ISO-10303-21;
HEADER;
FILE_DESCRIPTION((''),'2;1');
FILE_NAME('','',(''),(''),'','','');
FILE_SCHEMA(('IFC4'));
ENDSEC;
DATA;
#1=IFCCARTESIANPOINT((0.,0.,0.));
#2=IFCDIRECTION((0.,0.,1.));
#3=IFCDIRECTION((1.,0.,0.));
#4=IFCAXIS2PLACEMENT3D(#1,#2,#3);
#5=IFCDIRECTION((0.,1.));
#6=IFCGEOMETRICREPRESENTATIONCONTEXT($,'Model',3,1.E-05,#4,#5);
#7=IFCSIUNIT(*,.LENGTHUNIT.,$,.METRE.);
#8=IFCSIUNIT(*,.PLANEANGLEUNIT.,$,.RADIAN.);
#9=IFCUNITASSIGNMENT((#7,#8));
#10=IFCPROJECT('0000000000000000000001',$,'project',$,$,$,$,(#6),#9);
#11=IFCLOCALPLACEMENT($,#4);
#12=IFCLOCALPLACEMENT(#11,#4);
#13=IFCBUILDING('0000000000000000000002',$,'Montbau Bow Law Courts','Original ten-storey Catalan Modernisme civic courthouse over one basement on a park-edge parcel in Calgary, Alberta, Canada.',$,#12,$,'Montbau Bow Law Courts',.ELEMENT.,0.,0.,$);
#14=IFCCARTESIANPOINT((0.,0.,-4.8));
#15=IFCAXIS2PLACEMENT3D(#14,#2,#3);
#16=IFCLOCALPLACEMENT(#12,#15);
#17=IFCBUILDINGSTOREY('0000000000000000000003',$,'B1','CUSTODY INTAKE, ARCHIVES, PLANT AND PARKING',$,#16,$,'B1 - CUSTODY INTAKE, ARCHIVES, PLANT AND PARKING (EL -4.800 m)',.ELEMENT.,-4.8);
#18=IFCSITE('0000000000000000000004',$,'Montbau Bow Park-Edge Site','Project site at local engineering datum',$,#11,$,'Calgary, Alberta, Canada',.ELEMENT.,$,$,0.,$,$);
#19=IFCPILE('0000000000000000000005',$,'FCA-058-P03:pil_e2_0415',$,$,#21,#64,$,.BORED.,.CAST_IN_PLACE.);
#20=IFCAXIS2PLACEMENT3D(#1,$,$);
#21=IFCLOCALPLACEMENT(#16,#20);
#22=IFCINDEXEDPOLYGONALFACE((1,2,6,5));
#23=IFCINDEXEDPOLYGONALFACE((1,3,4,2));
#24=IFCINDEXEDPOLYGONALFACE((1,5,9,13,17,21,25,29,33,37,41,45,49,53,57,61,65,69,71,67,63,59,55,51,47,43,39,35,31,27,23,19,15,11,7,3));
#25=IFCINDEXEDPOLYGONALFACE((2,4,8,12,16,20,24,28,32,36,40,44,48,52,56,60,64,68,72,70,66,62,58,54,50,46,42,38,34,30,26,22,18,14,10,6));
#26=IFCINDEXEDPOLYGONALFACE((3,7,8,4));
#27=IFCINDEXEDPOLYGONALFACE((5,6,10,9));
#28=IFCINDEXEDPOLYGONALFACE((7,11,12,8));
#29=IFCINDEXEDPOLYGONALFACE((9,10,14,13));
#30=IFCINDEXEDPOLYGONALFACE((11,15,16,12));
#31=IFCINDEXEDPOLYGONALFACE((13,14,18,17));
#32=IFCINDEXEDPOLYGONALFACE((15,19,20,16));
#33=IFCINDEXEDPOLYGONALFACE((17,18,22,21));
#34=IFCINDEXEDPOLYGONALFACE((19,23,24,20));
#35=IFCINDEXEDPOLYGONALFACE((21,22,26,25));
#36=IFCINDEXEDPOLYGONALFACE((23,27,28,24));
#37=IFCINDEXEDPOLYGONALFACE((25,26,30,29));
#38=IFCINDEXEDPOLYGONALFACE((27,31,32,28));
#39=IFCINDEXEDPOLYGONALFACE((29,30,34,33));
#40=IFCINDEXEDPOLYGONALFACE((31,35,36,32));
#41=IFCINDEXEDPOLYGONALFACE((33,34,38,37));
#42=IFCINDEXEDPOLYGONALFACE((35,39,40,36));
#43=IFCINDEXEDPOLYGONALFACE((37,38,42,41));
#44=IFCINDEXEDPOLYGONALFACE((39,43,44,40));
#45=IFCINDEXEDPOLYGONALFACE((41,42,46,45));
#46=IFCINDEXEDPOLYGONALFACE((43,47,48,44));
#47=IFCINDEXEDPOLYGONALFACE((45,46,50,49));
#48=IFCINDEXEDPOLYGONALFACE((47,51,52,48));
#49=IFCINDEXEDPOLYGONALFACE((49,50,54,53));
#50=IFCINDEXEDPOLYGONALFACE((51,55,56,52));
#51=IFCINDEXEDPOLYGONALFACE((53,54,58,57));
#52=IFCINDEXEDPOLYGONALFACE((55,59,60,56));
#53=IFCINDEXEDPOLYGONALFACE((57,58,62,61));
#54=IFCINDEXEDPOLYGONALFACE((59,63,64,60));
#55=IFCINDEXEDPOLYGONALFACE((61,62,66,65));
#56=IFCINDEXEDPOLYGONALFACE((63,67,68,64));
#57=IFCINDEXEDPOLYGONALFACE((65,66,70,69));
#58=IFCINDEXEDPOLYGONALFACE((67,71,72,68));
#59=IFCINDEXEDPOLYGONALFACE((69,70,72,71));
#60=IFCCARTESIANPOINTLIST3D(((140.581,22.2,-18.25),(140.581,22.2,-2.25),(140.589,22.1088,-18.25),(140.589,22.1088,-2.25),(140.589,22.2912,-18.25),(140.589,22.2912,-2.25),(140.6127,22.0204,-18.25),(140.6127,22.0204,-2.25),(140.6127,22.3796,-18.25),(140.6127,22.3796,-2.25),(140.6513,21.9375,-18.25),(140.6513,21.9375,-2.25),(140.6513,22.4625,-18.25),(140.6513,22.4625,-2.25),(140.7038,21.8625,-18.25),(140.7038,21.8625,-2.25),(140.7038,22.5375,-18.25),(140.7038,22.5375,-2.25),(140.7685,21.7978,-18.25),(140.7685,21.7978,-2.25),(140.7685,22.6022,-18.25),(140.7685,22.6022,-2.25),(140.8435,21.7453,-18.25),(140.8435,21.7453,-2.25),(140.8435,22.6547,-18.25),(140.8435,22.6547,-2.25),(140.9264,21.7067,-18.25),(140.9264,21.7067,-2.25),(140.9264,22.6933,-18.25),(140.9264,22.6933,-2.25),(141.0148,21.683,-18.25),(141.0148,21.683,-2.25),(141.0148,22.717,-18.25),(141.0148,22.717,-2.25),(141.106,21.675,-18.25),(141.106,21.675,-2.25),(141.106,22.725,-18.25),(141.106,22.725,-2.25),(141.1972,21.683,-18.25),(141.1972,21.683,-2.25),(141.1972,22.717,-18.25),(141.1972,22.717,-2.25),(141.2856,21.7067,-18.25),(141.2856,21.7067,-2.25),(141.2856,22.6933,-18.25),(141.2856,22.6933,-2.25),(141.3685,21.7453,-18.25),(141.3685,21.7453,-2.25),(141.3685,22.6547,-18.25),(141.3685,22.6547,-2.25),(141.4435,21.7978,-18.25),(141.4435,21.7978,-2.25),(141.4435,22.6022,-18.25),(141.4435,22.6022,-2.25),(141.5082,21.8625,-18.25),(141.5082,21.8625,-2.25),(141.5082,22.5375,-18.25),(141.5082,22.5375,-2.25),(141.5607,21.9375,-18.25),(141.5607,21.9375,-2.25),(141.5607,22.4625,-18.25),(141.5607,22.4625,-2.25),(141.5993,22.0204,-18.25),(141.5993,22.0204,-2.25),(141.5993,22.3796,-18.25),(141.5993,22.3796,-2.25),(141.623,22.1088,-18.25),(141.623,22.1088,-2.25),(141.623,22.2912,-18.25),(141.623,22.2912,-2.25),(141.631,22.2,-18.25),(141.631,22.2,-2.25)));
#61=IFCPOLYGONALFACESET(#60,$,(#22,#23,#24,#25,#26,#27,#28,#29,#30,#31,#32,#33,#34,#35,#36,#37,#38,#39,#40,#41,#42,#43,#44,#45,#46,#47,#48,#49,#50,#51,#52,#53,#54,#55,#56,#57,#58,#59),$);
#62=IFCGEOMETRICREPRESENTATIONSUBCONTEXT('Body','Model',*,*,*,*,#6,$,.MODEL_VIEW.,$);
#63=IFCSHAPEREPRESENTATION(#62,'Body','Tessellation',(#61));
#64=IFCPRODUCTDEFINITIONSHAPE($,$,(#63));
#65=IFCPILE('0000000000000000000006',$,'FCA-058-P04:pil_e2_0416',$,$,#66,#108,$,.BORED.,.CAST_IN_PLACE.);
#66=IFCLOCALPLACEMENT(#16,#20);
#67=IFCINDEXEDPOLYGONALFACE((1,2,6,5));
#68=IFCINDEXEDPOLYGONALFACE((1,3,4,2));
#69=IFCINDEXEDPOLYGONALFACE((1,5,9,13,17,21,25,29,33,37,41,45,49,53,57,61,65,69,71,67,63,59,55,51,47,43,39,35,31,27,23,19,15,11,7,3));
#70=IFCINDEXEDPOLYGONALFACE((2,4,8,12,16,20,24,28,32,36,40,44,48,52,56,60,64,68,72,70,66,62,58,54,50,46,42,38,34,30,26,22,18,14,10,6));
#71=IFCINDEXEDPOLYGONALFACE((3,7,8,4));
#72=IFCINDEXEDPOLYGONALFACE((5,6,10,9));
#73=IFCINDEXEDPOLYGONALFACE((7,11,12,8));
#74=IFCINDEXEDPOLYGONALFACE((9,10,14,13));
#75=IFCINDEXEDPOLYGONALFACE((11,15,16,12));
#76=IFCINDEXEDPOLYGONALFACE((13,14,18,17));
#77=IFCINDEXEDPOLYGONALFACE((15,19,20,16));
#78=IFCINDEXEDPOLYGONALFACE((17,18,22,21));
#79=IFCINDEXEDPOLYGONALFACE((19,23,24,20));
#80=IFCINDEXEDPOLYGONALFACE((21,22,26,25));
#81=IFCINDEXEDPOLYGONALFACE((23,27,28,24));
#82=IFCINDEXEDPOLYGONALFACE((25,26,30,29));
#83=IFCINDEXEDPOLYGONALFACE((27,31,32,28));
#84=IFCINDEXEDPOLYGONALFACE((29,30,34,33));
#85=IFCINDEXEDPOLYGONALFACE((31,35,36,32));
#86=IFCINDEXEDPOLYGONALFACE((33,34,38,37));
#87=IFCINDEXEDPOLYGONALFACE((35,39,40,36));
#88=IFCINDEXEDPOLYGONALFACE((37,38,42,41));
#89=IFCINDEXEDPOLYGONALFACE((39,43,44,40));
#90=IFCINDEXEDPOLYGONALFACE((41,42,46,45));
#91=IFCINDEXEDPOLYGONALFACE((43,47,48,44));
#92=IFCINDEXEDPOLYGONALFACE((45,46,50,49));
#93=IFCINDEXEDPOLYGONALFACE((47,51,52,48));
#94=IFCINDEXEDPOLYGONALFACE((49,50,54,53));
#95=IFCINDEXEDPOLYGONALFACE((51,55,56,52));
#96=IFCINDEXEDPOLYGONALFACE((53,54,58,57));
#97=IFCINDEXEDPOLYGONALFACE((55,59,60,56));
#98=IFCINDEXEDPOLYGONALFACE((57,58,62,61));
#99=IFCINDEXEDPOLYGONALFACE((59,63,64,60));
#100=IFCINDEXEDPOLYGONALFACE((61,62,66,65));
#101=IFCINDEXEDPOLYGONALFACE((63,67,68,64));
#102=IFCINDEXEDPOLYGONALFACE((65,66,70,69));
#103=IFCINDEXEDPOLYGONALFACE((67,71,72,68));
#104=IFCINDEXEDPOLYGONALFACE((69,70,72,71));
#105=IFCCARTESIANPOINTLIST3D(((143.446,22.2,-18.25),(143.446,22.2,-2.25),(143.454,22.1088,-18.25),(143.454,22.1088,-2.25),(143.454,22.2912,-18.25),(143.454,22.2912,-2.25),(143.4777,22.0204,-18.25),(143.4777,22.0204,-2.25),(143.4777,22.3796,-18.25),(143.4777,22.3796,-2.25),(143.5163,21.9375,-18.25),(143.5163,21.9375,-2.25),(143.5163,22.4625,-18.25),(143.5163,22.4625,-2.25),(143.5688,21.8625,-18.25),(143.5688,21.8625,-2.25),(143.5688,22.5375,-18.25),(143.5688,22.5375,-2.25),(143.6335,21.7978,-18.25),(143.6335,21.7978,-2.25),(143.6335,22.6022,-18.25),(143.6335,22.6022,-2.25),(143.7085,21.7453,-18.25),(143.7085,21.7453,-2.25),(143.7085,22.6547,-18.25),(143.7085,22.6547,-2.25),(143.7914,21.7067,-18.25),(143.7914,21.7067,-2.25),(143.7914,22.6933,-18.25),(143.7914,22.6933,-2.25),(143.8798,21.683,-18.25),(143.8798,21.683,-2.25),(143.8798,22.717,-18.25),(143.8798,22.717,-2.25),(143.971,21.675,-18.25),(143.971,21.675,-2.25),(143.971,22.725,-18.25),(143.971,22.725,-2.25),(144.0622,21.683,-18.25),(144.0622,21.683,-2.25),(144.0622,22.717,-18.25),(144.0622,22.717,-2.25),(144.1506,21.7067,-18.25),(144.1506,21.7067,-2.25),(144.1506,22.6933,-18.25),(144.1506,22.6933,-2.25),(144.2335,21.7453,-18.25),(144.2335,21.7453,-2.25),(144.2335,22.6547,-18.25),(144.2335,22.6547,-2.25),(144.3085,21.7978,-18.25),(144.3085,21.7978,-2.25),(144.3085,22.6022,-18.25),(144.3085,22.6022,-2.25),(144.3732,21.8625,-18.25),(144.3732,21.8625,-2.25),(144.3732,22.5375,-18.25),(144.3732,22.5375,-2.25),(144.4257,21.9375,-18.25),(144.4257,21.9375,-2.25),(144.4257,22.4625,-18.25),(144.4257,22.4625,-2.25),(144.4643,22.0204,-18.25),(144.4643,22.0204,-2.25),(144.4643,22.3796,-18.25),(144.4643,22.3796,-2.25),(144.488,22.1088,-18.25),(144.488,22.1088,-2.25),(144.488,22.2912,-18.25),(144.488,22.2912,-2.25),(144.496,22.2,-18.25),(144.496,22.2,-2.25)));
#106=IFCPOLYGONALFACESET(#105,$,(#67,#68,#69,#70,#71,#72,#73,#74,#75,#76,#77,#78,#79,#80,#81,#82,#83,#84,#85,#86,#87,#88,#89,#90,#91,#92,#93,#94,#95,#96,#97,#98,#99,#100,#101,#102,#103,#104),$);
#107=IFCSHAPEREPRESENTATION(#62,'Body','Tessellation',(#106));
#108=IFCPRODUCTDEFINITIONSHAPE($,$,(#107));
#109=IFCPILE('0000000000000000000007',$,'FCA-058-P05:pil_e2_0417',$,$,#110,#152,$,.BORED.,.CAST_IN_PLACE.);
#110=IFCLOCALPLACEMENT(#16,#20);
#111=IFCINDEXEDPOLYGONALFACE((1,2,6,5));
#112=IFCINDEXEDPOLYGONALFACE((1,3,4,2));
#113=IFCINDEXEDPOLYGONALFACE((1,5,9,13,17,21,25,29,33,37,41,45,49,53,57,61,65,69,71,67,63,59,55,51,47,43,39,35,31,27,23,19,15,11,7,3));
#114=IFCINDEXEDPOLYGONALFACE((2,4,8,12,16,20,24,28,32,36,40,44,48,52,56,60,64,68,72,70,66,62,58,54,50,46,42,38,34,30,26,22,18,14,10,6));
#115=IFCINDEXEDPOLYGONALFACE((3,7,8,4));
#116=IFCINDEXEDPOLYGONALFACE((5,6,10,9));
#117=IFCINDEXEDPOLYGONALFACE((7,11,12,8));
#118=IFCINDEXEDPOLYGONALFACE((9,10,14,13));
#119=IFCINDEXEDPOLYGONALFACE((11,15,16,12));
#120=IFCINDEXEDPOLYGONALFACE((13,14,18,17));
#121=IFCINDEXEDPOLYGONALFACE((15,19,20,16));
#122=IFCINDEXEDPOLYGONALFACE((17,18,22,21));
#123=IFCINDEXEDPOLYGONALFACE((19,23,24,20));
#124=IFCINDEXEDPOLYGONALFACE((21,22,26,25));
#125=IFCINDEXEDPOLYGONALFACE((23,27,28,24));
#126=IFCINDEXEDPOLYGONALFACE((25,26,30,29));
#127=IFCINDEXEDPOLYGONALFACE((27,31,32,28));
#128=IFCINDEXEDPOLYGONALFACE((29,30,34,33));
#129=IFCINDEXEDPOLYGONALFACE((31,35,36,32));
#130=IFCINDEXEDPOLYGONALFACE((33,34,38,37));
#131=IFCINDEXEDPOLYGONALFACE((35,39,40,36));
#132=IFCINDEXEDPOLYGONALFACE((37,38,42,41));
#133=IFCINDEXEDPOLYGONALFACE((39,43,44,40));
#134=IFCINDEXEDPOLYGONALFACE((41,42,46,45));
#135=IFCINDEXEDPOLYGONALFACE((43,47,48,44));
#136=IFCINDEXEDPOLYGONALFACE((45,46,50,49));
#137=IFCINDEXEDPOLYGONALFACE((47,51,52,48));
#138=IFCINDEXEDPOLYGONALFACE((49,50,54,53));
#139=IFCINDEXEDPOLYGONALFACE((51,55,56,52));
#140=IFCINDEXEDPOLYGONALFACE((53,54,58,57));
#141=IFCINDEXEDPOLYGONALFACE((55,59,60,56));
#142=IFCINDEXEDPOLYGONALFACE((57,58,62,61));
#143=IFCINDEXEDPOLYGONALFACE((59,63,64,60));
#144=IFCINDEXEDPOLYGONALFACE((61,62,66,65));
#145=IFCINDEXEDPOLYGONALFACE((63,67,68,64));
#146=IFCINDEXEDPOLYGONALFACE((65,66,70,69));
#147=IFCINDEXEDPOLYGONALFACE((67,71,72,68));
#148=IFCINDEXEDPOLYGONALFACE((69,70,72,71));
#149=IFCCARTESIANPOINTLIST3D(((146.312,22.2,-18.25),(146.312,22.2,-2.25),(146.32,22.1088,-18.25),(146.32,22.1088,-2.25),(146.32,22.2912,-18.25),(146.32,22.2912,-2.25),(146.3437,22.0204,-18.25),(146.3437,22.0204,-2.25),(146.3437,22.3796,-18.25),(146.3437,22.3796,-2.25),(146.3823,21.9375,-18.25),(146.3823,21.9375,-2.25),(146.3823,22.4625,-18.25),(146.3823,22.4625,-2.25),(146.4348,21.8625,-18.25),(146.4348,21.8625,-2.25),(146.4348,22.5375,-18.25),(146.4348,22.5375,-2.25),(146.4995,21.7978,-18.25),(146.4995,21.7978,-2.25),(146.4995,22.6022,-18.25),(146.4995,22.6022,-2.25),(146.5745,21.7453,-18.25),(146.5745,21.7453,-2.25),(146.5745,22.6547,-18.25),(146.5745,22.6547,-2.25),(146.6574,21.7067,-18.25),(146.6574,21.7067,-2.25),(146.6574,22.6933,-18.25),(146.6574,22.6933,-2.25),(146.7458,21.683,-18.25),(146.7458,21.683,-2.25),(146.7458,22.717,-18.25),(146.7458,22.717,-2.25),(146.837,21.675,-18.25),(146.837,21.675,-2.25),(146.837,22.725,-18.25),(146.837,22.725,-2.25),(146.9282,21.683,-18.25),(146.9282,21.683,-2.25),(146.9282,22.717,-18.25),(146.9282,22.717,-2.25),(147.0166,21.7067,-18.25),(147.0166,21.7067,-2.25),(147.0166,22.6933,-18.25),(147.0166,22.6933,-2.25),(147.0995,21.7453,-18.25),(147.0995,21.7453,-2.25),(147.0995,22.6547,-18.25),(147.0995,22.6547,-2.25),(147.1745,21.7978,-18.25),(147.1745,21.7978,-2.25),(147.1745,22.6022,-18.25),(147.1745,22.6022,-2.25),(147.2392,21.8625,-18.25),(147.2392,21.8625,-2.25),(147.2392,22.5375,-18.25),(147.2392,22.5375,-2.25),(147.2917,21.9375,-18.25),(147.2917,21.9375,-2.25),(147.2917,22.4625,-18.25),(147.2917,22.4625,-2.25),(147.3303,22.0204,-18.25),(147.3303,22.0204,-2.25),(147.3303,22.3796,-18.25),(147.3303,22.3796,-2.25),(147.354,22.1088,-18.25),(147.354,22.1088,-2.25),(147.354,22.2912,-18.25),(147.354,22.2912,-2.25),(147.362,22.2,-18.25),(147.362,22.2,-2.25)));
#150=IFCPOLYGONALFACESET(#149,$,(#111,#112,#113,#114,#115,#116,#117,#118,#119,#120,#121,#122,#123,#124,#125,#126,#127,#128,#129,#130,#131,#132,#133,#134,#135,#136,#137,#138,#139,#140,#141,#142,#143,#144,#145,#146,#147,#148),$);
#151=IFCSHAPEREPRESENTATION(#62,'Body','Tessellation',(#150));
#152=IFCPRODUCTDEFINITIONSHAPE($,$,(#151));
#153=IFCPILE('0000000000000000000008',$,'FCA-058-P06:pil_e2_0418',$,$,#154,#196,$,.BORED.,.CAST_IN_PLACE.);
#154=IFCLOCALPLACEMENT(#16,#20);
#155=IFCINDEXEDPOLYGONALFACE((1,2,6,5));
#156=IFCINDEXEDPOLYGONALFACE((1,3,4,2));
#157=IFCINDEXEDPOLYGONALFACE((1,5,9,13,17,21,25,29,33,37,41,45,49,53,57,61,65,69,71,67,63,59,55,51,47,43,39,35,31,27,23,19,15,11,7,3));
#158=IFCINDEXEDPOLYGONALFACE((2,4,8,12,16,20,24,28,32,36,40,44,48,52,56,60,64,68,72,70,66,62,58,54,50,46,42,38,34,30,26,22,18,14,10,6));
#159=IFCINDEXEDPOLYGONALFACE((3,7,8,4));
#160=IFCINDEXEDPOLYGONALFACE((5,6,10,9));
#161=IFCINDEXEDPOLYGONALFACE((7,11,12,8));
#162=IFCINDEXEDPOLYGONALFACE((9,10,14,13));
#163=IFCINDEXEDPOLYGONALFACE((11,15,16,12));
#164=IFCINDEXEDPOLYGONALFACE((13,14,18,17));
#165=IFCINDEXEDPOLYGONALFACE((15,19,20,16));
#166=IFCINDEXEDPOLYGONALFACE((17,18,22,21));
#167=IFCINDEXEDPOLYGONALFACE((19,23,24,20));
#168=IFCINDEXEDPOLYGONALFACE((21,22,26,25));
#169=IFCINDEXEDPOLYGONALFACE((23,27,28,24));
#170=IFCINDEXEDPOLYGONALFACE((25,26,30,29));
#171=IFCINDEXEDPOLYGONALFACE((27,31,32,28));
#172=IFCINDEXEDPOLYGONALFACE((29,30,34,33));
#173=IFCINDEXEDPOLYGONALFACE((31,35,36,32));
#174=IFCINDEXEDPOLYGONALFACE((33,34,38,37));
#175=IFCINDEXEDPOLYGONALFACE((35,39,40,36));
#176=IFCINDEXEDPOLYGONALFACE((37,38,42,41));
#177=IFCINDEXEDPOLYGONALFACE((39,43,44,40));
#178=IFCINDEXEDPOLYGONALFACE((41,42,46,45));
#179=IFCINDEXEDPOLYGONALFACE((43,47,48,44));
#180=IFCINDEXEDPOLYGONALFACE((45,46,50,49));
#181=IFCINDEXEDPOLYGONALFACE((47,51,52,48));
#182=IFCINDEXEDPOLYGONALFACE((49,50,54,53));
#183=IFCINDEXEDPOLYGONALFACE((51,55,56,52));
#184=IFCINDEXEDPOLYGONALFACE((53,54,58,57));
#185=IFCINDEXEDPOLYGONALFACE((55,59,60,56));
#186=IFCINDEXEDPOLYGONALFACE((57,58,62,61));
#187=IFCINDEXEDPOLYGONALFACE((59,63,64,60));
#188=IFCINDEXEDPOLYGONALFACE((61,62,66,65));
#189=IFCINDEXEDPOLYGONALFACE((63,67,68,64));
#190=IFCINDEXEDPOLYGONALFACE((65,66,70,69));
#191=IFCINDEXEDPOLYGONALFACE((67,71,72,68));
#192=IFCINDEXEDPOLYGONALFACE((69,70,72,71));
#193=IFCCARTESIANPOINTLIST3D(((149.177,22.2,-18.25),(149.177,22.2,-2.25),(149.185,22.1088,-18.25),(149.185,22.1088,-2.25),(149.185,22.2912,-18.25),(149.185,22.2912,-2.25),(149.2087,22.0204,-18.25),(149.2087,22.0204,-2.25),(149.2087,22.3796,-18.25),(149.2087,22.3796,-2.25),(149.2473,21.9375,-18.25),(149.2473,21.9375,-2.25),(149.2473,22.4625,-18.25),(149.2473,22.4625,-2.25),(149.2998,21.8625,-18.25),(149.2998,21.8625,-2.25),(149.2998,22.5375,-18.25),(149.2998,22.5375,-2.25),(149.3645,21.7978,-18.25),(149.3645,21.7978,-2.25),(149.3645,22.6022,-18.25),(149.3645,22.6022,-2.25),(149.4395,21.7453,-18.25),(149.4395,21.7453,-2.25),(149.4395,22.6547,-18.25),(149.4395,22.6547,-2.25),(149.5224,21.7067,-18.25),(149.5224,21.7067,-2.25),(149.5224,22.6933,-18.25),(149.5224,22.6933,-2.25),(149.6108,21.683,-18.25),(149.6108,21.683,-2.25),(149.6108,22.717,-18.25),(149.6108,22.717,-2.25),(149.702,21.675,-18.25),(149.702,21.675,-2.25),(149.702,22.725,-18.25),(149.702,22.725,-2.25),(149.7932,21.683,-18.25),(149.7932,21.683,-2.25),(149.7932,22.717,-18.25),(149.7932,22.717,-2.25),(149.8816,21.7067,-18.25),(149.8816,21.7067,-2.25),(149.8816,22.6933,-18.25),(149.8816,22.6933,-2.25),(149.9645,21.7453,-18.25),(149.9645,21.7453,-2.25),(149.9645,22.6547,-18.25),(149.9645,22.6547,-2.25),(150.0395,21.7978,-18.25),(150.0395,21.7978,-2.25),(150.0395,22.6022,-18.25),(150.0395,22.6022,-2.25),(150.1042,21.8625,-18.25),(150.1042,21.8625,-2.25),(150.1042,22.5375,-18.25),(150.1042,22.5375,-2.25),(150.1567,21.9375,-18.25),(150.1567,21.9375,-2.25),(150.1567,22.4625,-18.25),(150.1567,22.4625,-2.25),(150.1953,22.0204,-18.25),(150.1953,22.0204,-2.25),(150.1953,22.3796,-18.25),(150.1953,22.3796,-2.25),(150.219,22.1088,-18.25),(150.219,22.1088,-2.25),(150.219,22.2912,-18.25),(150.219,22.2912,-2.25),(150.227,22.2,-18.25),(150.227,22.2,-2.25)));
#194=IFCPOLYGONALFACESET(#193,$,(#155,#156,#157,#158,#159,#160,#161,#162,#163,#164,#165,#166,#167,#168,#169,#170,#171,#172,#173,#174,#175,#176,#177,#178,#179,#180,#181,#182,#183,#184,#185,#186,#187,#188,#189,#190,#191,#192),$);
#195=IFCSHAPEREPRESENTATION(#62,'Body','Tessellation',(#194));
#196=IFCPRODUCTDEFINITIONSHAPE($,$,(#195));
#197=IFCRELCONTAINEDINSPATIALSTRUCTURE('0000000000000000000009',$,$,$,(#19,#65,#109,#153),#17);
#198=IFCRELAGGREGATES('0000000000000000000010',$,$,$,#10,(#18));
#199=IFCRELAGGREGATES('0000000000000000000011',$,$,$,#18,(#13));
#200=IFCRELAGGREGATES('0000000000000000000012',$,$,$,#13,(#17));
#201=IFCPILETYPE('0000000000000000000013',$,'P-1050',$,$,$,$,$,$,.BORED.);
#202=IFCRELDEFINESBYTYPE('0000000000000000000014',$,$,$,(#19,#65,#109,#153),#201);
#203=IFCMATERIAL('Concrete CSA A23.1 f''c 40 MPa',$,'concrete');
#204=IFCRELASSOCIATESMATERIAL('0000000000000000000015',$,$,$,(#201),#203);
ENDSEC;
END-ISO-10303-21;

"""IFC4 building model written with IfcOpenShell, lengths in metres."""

from ifc_helpers import new_model, si_unit, direction, frame, origin_with_axes, origin_2d_with_axis, place, context, subcontext, project, spatial, circle, extrude, material, material_profile, profile_set, type_object, element, save


model = new_model("IFC4")

# Units and contexts
model_context = context("Model", 3, precision=1e-05, world=origin_with_axes(), true_north=direction((0.0, 1.0)))
body_context = subcontext(model_context, "Body", "Model", "MODEL_VIEW")
ifc_project = project(units=[si_unit("LENGTHUNIT", "METRE"), si_unit("PLANEANGLEUNIT", "RADIAN")], contexts=[model_context])

# Site, building, storey
site_placement = place(None, origin_with_axes())
site = spatial("IfcSite", under=ifc_project, at=site_placement, Name="Montbau Bow Park-Edge Site", Description="Project site at local engineering datum", LongName="Calgary, Alberta, Canada", CompositionType="ELEMENT", RefElevation=0.0)
building_placement = place(site_placement, origin_with_axes())
building = spatial("IfcBuilding", under=site, at=building_placement, Name="Montbau Bow Law Courts", Description="Original ten-storey Catalan Modernisme civic courthouse over one basement on a park-edge parcel in Calgary, Alberta, Canada.", LongName="Montbau Bow Law Courts", CompositionType="ELEMENT", ElevationOfRefHeight=0.0, ElevationOfTerrain=0.0)
storey_placement = place(building_placement, frame((0.0, 0.0, -4.8), z_axis=(0.0, 0.0, 1.0), x_axis=(1.0, 0.0, 0.0)))
storey = spatial("IfcBuildingStorey", under=building, at=storey_placement, Name="B1", Description="CUSTODY INTAKE, ARCHIVES, PLANT AND PARKING", LongName="B1 - CUSTODY INTAKE, ARCHIVES, PLANT AND PARKING (EL -4.800 m)", CompositionType="ELEMENT", Elevation=-4.8)

# Piles
ifc_material_1 = material(Name="Concrete CSA A23.1 f'c 40 MPa", Category="concrete")
ifc_material_profile_1 = material_profile(ifc_material_1, circle(Radius=0.525, at=origin_2d_with_axis()), Name="BP1050", Category="Main", Priority=0)
ifc_profile_set_1 = profile_set([ifc_material_profile_1], Name="Concrete CSA A23.1 f'c 40 MPa")
pile_type_1 = type_object("IfcPileType", Name="P-1050", PredefinedType="BORED", material=ifc_profile_set_1)
for number, where, z_axis, x_axis, name in (
    (1, (141.106, 22.2, -23.05), (0.0, 0.0, 1.0), (1.0, 0.0, 0.0), "FCA-058-P03:pil_e2_0415"),
    (2, (143.971, 22.2, -23.05), (0.0, 0.0, 1.0), (1.0, 0.0, 0.0), "FCA-058-P04:pil_e2_0416"),
    (3, (146.837, 22.2, -23.05), (0.0, 0.0, 1.0), (1.0, 0.0, 0.0), "FCA-058-P05:pil_e2_0417"),
    (4, (149.702, 22.2, -23.05), (0.0, 0.0, 1.0), (1.0, 0.0, 0.0), "FCA-058-P06:pil_e2_0418"),
):
    element("IfcPile", number, at=place(None, frame(where, z_axis=z_axis, x_axis=x_axis)), inside=storey, type_object=pile_type_1, Name=name, ConstructionType="CAST_IN_PLACE", PredefinedType="BORED", context=body_context, shape_type="SweptSolid", body=[
        extrude(circle(Radius=0.525, at=origin_2d_with_axis()), origin_with_axes(), (0.0, 0.0, 1.0), 16.0),
    ])

save(model, "model.ifc")
